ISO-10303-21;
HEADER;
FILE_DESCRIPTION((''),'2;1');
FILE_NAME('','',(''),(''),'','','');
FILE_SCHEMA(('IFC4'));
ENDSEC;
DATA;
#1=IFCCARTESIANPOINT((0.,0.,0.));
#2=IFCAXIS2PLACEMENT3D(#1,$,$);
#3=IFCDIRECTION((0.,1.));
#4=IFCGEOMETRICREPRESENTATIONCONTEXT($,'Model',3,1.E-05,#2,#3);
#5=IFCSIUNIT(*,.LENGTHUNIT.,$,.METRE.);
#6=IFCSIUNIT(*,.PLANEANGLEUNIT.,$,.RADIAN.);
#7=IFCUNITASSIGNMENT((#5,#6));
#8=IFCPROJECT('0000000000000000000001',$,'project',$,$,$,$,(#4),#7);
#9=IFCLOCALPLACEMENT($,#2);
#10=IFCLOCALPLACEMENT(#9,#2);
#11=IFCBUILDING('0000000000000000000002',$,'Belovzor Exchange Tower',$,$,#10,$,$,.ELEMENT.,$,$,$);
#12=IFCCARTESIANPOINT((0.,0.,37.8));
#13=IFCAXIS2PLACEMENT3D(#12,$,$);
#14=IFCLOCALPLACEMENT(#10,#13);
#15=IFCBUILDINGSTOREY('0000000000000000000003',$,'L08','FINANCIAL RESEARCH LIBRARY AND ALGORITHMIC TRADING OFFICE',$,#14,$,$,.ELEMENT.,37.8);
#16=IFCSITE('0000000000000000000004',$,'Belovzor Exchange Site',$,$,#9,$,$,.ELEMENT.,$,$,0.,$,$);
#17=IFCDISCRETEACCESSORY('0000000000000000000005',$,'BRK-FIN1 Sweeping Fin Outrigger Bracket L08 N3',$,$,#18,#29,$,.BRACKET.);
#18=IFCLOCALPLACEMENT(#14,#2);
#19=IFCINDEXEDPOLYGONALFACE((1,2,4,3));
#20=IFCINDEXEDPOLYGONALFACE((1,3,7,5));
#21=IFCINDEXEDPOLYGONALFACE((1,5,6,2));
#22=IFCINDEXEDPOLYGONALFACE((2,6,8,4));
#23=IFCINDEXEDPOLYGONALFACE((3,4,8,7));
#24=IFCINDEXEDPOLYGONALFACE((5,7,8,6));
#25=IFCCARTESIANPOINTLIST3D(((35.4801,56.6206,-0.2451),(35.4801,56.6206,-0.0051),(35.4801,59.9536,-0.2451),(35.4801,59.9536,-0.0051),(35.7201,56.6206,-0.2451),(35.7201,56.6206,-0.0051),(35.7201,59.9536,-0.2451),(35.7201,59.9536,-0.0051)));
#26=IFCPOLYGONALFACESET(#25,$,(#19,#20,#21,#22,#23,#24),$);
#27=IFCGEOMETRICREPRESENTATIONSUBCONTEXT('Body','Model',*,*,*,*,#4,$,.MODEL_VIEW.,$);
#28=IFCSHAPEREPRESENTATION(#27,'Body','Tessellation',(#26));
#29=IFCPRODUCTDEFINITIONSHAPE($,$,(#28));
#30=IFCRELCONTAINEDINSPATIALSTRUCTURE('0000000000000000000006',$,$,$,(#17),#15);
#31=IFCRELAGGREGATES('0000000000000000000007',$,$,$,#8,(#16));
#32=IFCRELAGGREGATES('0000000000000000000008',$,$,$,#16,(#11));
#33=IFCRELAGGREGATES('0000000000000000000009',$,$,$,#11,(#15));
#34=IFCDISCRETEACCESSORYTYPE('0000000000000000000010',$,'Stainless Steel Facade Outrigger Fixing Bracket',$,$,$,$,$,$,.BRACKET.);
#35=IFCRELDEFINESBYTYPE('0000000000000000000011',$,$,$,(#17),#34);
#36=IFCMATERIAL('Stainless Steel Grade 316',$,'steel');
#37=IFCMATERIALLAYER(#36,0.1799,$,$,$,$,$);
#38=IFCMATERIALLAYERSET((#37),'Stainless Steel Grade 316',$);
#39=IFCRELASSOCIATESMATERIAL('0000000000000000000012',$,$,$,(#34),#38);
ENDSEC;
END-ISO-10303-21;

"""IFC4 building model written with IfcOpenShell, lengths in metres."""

from ifc_helpers import new_model, si_unit, direction, frame, origin, origin_2d, place, context, subcontext, project, spatial, rectangle, extrude, material, layer, layer_set, type_object, element, save


model = new_model("IFC4")

# Units and contexts
model_context = context("Model", 3, precision=1e-05, world=origin(), true_north=direction((0.0, 1.0)))
body_context = subcontext(model_context, "Body", "Model", "MODEL_VIEW")
ifc_project = project(units=[si_unit("LENGTHUNIT", "METRE"), si_unit("PLANEANGLEUNIT", "RADIAN")], contexts=[model_context])

# Site, building, storey
site_placement = place(None, origin())
site = spatial("IfcSite", under=ifc_project, at=site_placement, Name="Belovzor Exchange Site", CompositionType="ELEMENT", RefElevation=0.0)
building_placement = place(site_placement, origin())
building = spatial("IfcBuilding", under=site, at=building_placement, Name="Belovzor Exchange Tower", CompositionType="ELEMENT")
storey_placement = place(building_placement, frame((0.0, 0.0, 37.8)))
storey = spatial("IfcBuildingStorey", under=building, at=storey_placement, Name="L08", Description="FINANCIAL RESEARCH LIBRARY AND ALGORITHMIC TRADING OFFICE", CompositionType="ELEMENT", Elevation=37.8)

# Discrete accessory
ifc_material_1 = material(Name="Stainless Steel Grade 316", Category="steel")
ifc_layer_1 = layer(ifc_material_1, 0.1799)
ifc_layer_set_1 = layer_set([ifc_layer_1], Name="Stainless Steel Grade 316")
discrete_accessory_type = type_object("IfcDiscreteAccessoryType", Name="Stainless Steel Facade Outrigger Fixing Bracket", PredefinedType="BRACKET", material=ifc_layer_set_1)
discrete_accessory_placement = place(storey_placement, frame((35.6001, 58.2871, -0.2451), z_axis=(0.0, 0.0, 1.0), x_axis=(0.0, 1.0, 0.0)))
element("IfcDiscreteAccessory", 1, at=discrete_accessory_placement, inside=storey, type_object=discrete_accessory_type, Name="BRK-FIN1 Sweeping Fin Outrigger Bracket L08 N3", PredefinedType="BRACKET", context=body_context, shape_type="SweptSolid", body=[
    extrude(rectangle(XDim=3.333, YDim=0.24, at=origin_2d()), origin(), (0.0, 0.0, 1.0), 0.24),
])

save(model, "model.ifc")
